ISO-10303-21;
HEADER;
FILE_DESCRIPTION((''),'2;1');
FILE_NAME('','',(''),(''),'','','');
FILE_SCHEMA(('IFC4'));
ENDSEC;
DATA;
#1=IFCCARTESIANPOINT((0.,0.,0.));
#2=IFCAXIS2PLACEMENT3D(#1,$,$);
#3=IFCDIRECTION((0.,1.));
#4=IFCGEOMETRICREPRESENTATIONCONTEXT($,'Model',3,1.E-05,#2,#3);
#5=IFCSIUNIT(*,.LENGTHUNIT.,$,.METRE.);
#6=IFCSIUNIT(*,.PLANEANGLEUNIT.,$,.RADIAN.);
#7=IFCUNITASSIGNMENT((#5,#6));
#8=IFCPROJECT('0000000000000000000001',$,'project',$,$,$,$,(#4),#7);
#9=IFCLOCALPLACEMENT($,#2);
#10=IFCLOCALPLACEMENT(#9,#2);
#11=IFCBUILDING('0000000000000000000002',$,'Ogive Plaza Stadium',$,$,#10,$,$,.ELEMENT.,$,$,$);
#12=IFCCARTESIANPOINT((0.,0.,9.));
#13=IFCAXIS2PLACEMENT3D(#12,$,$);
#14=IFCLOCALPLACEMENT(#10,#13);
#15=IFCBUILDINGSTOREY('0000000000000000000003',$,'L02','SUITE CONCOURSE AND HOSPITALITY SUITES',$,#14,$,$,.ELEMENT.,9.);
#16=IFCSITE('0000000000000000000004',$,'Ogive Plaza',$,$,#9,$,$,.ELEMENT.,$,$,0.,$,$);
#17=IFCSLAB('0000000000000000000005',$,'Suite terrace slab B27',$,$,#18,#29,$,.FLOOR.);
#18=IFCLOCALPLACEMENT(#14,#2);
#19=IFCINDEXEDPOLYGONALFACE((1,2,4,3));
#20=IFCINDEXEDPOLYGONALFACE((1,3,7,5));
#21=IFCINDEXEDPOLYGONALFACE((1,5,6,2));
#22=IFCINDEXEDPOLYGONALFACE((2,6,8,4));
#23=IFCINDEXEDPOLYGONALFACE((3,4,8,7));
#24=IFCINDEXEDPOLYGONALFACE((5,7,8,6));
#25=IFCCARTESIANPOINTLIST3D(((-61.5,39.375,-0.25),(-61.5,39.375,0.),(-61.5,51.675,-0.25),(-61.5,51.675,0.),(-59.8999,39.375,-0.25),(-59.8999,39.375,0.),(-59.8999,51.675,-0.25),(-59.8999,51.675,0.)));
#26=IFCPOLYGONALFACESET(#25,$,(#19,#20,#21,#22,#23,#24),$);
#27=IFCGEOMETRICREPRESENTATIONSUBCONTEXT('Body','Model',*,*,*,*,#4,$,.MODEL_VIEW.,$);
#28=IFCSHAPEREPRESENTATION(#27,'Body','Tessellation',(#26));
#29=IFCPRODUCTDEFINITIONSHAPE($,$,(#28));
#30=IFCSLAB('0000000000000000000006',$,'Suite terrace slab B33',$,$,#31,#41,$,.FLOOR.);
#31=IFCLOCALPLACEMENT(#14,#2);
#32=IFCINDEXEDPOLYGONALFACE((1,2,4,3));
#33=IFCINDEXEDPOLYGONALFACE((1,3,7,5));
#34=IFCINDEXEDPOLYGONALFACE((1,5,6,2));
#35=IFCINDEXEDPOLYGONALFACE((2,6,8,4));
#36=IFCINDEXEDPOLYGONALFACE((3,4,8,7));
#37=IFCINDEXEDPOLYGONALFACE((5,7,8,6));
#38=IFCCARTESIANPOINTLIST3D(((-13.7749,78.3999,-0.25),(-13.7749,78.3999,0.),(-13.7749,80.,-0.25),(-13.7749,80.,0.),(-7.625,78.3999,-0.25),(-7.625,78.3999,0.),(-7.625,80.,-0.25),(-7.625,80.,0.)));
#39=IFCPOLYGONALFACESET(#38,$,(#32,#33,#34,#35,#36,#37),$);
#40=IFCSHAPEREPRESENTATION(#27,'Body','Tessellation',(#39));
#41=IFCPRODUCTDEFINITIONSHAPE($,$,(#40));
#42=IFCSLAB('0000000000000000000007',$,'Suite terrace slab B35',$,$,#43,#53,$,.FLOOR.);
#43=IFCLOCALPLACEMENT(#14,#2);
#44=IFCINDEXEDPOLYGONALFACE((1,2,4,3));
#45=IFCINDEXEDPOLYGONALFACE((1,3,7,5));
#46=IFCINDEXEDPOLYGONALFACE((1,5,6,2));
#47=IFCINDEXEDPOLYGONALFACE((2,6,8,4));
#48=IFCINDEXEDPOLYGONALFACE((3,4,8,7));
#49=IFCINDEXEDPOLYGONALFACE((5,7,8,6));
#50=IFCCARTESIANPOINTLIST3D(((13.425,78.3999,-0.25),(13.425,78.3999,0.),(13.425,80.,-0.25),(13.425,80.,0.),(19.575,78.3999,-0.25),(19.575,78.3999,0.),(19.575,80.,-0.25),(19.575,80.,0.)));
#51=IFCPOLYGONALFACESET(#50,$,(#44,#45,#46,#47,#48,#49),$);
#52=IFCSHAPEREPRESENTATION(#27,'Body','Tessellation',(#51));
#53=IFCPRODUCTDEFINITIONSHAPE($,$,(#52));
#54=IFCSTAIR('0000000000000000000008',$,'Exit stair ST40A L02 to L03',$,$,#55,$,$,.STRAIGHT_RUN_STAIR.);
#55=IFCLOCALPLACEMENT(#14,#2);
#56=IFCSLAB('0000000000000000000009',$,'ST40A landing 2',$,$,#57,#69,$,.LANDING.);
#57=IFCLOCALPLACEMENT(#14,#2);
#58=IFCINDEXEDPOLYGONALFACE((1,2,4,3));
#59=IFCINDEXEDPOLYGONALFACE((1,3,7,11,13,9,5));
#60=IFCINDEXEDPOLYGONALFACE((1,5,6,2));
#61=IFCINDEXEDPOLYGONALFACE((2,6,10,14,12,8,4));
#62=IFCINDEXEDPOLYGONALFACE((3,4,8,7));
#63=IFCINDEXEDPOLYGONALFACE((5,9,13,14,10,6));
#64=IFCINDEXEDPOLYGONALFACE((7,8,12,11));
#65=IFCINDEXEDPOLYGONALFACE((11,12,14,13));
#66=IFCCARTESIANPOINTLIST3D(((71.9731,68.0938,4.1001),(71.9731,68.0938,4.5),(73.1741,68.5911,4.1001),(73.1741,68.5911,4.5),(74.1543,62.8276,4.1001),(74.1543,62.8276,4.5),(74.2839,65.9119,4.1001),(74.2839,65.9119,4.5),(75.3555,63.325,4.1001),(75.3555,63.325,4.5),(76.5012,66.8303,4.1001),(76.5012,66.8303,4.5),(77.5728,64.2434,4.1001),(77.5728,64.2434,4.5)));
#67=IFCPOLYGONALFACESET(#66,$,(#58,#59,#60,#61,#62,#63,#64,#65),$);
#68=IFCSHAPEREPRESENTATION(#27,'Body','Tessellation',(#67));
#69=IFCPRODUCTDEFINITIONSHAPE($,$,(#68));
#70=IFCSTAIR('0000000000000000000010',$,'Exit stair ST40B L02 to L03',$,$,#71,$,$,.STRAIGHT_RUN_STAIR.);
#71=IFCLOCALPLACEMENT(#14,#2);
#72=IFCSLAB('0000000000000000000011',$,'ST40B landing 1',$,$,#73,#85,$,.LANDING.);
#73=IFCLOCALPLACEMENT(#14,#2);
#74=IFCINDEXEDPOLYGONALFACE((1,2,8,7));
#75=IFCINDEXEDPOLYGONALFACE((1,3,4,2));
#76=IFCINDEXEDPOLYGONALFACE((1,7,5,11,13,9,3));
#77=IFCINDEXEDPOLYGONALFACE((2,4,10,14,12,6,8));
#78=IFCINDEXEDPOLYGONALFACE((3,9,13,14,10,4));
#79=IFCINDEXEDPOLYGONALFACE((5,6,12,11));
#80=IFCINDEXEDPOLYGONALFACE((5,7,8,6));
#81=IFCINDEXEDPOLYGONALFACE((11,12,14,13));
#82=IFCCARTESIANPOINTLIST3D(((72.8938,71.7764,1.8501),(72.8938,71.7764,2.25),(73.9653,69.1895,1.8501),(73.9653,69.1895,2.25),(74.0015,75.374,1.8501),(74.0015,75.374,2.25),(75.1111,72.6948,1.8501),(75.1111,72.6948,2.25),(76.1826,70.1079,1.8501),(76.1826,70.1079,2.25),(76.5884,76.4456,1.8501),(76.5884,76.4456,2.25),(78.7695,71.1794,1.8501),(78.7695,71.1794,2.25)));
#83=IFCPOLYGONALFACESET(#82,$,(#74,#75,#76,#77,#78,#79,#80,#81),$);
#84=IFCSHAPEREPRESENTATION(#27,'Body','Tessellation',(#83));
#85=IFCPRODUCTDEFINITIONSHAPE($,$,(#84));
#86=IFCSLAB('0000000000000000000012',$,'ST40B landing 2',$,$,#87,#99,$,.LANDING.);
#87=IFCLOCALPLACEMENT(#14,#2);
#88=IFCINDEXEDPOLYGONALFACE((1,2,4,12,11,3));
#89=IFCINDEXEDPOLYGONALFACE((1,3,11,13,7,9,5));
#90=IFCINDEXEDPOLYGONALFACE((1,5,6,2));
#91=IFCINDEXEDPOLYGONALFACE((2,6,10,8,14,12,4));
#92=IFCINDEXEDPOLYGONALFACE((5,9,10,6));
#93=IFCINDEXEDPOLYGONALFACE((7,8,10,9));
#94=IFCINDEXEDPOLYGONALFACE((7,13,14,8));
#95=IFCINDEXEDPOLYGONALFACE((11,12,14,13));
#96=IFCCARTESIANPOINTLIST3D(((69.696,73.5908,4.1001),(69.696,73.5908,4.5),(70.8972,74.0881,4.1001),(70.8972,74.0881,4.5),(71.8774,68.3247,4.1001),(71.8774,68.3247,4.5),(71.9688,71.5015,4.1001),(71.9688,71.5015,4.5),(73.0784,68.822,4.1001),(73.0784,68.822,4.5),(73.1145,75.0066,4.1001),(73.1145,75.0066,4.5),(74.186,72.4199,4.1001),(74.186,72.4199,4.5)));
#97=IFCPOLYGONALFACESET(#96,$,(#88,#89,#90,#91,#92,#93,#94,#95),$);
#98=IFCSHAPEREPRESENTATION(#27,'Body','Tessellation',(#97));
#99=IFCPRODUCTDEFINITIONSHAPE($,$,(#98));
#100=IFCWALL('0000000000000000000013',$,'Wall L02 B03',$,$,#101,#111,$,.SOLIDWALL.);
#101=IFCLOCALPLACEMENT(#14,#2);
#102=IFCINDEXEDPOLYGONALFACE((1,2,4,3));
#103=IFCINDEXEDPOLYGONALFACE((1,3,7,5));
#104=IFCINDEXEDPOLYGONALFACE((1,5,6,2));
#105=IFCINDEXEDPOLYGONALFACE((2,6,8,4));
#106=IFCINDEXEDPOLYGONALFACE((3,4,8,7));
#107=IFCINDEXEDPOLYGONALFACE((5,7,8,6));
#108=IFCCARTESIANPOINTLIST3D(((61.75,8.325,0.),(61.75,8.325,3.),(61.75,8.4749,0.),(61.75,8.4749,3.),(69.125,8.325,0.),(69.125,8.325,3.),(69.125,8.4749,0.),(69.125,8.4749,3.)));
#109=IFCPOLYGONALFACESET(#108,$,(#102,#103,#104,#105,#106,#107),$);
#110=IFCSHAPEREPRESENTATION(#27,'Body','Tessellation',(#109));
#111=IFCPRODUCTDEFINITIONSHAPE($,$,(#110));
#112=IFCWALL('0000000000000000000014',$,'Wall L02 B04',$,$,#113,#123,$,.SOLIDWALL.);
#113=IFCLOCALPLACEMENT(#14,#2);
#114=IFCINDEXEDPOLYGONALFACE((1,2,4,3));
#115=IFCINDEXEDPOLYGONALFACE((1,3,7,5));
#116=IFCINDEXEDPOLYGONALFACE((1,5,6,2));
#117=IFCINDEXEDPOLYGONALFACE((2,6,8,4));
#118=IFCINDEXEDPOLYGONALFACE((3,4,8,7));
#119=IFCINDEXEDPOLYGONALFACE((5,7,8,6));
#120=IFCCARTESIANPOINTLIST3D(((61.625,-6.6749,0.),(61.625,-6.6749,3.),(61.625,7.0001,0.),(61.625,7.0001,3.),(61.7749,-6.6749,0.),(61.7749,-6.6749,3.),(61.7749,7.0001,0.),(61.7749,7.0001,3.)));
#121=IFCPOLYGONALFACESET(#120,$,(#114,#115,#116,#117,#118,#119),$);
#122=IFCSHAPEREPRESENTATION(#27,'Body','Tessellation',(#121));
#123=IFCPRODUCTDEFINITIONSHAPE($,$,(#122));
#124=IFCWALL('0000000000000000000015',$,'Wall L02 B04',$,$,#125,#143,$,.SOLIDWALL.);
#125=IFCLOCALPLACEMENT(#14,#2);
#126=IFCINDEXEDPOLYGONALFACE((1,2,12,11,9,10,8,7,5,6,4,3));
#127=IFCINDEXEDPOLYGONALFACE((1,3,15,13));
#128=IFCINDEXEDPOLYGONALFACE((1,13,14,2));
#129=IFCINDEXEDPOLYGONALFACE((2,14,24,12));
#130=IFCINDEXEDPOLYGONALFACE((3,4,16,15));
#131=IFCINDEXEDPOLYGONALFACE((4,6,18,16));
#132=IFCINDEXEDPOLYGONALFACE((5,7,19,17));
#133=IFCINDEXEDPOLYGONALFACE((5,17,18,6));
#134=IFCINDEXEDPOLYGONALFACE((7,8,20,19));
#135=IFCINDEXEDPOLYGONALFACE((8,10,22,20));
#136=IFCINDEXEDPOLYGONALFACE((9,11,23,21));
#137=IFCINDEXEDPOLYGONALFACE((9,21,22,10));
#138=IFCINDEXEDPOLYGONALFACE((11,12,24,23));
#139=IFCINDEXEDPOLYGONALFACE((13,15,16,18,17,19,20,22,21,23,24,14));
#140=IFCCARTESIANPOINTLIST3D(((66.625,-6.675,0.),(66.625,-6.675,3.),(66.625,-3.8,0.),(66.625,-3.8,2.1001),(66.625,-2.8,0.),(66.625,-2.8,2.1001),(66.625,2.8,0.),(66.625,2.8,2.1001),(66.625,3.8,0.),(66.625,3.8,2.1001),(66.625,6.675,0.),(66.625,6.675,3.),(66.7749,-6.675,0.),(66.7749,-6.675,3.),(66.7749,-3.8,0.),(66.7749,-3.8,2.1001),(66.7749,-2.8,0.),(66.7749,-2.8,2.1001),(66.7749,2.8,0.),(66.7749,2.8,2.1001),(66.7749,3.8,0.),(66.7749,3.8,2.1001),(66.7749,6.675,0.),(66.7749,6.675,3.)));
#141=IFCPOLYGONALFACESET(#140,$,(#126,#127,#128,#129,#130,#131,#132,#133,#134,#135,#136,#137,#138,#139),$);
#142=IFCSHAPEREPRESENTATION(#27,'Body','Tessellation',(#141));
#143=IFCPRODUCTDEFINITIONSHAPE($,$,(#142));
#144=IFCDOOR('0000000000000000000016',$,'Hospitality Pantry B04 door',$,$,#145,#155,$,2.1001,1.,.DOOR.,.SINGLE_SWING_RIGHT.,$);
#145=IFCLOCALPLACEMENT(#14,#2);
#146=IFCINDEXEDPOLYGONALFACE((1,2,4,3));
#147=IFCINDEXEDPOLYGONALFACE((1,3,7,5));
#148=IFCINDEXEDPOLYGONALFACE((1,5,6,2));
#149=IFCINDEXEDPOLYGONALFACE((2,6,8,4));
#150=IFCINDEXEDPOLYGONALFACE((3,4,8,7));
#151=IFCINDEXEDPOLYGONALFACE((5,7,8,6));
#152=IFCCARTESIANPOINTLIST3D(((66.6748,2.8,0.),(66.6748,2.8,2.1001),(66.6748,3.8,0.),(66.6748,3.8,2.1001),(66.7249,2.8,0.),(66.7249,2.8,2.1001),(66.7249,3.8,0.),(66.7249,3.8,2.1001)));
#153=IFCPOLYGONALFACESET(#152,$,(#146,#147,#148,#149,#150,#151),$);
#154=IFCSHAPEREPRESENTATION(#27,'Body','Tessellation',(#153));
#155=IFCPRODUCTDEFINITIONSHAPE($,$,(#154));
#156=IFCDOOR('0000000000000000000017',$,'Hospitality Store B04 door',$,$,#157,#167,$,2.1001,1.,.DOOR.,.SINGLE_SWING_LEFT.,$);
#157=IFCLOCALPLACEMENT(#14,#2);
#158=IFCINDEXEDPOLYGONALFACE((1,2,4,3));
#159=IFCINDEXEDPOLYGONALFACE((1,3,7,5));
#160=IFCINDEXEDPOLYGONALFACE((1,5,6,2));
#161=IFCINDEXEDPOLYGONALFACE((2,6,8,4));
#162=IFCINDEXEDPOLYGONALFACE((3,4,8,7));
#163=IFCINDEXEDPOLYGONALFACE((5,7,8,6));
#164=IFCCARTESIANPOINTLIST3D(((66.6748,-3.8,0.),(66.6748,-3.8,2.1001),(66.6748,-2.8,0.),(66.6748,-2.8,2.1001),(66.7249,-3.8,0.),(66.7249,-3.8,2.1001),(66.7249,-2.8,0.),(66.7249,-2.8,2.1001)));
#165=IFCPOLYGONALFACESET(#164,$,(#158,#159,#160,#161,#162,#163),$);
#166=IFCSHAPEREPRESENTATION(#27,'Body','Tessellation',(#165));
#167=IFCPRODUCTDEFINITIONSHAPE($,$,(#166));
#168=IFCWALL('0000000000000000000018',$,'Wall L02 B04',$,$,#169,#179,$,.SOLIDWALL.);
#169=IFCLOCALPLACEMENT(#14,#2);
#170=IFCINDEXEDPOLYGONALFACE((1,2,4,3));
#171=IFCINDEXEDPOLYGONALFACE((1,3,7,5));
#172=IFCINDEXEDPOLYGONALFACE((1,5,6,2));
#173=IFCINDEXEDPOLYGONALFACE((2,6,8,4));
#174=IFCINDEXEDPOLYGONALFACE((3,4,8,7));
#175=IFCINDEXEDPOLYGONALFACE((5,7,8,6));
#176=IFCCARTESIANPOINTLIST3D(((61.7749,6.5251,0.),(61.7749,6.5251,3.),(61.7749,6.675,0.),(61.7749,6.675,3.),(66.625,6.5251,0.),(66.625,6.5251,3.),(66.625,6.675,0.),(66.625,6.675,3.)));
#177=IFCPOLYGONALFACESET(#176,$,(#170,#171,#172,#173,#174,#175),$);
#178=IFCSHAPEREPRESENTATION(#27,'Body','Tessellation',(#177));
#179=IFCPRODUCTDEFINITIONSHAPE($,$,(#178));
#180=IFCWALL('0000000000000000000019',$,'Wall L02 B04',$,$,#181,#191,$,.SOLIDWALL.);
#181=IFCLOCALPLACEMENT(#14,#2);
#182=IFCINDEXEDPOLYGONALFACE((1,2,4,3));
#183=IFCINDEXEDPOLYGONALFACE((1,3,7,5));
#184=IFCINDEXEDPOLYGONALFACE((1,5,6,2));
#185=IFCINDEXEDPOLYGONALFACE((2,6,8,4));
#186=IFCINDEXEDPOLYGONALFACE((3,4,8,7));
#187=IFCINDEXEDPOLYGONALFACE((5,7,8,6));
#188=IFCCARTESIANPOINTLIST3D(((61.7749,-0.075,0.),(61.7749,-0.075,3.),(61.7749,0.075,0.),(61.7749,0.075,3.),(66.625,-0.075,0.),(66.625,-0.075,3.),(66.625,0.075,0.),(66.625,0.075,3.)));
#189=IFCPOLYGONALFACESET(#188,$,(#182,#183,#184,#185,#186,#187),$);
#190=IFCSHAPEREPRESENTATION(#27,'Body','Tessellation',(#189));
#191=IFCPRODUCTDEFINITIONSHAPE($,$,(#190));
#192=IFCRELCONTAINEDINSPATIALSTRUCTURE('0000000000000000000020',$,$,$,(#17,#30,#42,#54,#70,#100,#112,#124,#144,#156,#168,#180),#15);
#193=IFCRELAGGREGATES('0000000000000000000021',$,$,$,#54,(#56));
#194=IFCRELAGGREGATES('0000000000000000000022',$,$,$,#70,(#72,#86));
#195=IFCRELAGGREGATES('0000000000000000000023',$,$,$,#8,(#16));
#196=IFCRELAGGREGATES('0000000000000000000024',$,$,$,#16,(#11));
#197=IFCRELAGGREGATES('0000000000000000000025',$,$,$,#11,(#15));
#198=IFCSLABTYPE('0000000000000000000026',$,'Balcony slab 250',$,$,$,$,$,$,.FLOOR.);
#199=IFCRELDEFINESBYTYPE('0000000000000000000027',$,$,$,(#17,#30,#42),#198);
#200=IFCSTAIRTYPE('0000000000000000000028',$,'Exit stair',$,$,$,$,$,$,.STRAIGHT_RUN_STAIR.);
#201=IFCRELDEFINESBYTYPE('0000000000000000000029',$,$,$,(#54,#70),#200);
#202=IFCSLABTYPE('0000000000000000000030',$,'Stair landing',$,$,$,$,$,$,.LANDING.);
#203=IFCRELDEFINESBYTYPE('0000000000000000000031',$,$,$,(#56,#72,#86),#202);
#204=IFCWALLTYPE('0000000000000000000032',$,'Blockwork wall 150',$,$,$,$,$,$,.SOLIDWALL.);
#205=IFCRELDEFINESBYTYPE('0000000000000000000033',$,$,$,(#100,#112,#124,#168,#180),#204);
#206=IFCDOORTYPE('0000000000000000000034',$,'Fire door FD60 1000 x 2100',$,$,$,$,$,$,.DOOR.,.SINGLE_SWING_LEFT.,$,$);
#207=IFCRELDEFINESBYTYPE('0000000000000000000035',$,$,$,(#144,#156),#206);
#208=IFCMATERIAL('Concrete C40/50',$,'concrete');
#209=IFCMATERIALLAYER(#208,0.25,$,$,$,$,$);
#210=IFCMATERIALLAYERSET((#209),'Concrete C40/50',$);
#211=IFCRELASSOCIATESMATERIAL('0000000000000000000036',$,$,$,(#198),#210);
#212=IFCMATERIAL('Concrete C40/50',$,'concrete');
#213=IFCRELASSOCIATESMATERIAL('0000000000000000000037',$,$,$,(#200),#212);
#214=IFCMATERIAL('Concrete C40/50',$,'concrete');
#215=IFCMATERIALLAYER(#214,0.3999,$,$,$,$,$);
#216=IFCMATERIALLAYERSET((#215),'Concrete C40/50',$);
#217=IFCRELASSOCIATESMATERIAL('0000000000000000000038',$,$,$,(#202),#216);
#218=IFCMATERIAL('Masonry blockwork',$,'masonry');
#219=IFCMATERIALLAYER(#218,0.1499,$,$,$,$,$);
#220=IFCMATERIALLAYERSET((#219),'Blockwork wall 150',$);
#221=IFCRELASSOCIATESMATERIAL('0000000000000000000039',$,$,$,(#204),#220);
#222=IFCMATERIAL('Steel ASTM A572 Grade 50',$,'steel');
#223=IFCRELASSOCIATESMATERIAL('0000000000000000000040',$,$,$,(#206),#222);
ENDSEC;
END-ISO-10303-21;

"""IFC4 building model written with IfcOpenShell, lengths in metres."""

from ifc_helpers import new_model, si_unit, direction, frame, frame_2d, origin, place, context, subcontext, project, spatial, polyline, rectangle, outline, extrude, material, layer, layer_set, type_object, element, fill, aggregate, save


model = new_model("IFC4")

# Units and contexts
model_context = context("Model", 3, precision=1e-05, world=origin(), true_north=direction((0.0, 1.0)))
body_context = subcontext(model_context, "Body", "Model", "MODEL_VIEW")
ifc_project = project(units=[si_unit("LENGTHUNIT", "METRE"), si_unit("PLANEANGLEUNIT", "RADIAN")], contexts=[model_context])

# Site, building, storey
site_placement = place(None, origin())
site = spatial("IfcSite", under=ifc_project, at=site_placement, Name="Ogive Plaza", CompositionType="ELEMENT", RefElevation=0.0)
building_placement = place(site_placement, origin())
building = spatial("IfcBuilding", under=site, at=building_placement, Name="Ogive Plaza Stadium", CompositionType="ELEMENT")
storey_placement = place(building_placement, frame((0.0, 0.0, 9.0)))
storey = spatial("IfcBuildingStorey", under=building, at=storey_placement, Name="L02", Description="SUITE CONCOURSE AND HOSPITALITY SUITES", CompositionType="ELEMENT", Elevation=9.0)

# Slabs
ifc_material_1 = material(Name="Concrete C40/50", Category="concrete")
ifc_layer_1 = layer(ifc_material_1, 0.25)
ifc_layer_set_1 = layer_set([ifc_layer_1], Name="Concrete C40/50")
slab_type_1 = type_object("IfcSlabType", Name="Balcony slab 250", PredefinedType="FLOOR", material=ifc_layer_set_1)
slab_1_placement = place(storey_placement, frame((0.0, 0.0, -0.25)))
element("IfcSlab", 1, at=slab_1_placement, inside=storey, type_object=slab_type_1, Name="Suite terrace slab B27", PredefinedType="FLOOR", context=body_context, shape_type="SweptSolid", body=[
    extrude(outline(polyline([(-59.8999, 51.675), (-61.5, 51.675), (-61.5, 39.375), (-59.8999, 39.375), (-59.8999, 51.675)])), origin(), (0.0, 0.0, 1.0), 0.25),
])
slab_2_placement = place(storey_placement, frame((0.0, 0.0, -0.25)))
element("IfcSlab", 2, at=slab_2_placement, inside=storey, type_object=slab_type_1, Name="Suite terrace slab B33", PredefinedType="FLOOR", context=body_context, shape_type="SweptSolid", body=[
    extrude(outline(polyline([(-7.625, 78.3999), (-7.625, 80.0), (-13.7749, 80.0), (-13.7749, 78.3999), (-7.625, 78.3999)])), origin(), (0.0, 0.0, 1.0), 0.25),
])
slab_3_placement = place(storey_placement, frame((0.0, 0.0, -0.25)))
element("IfcSlab", 3, at=slab_3_placement, inside=storey, type_object=slab_type_1, Name="Suite terrace slab B35", PredefinedType="FLOOR", context=body_context, shape_type="SweptSolid", body=[
    extrude(outline(polyline([(19.575, 78.3999), (19.575, 80.0), (13.425, 80.0), (13.425, 78.3999), (19.575, 78.3999)])), origin(), (0.0, 0.0, 1.0), 0.25),
])

# Stair, slab
ifc_material_2 = material(Name="Concrete C40/50", Category="concrete")
stair_type = type_object("IfcStairType", Name="Exit stair", PredefinedType="STRAIGHT_RUN_STAIR", material=ifc_material_2)
stair_1_placement = place(storey_placement, origin())
stair_1 = element("IfcStair", 4, at=stair_1_placement, inside=storey, type_object=stair_type, Name="Exit stair ST40A L02 to L03", PredefinedType="STRAIGHT_RUN_STAIR")
ifc_material_3 = material(Name="Concrete C40/50", Category="concrete")
ifc_layer_2 = layer(ifc_material_3, 0.3999)
ifc_layer_set_2 = layer_set([ifc_layer_2], Name="Concrete C40/50")
slab_type_2 = type_object("IfcSlabType", Name="Stair landing", PredefinedType="LANDING", material=ifc_layer_set_2)
slab_4_placement = place(storey_placement, frame((0.0, 0.0, 4.1001)))
slab_4 = element("IfcSlab", 5, at=slab_4_placement, type_object=slab_type_2, Name="ST40A landing 2", PredefinedType="LANDING", context=body_context, shape_type="SweptSolid", body=[
    extrude(outline(polyline([(76.5012, 66.8303), (77.5728, 64.2434), (75.3555, 63.325), (74.1543, 62.8276), (71.9731, 68.0938), (73.1741, 68.5911), (74.2839, 65.9119), (76.5012, 66.8303)])), origin(), (0.0, 0.0, 1.0), 0.3999),
])
aggregate(stair_1, [slab_4])

# Stair, slabs
stair_2_placement = place(storey_placement, origin())
stair_2 = element("IfcStair", 6, at=stair_2_placement, inside=storey, type_object=stair_type, Name="Exit stair ST40B L02 to L03", PredefinedType="STRAIGHT_RUN_STAIR")
slab_5_placement = place(storey_placement, frame((0.0, 0.0, 1.8501)))
slab_5 = element("IfcSlab", 7, at=slab_5_placement, type_object=slab_type_2, Name="ST40B landing 1", PredefinedType="LANDING", context=body_context, shape_type="SweptSolid", body=[
    extrude(outline(polyline([(73.9653, 69.1895), (72.8938, 71.7764), (75.1111, 72.6948), (74.0015, 75.374), (76.5884, 76.4456), (78.7695, 71.1794), (76.1826, 70.1079), (73.9653, 69.1895)])), origin(), (0.0, 0.0, 1.0), 0.3999),
])
slab_6_placement = place(storey_placement, frame((0.0, 0.0, 4.1001)))
slab_6 = element("IfcSlab", 8, at=slab_6_placement, type_object=slab_type_2, Name="ST40B landing 2", PredefinedType="LANDING", context=body_context, shape_type="SweptSolid", body=[
    extrude(outline(polyline([(73.0784, 68.822), (71.8774, 68.3247), (69.696, 73.5908), (70.8972, 74.0881), (73.1145, 75.0066), (74.186, 72.4199), (71.9688, 71.5015), (73.0784, 68.822)])), origin(), (0.0, 0.0, 1.0), 0.3999),
])
aggregate(stair_2, [slab_5, slab_6])

# Walls
ifc_material_4 = material(Name="Masonry blockwork", Category="masonry")
ifc_layer_3 = layer(ifc_material_4, 0.1499)
ifc_layer_set_3 = layer_set([ifc_layer_3], Name="Blockwork wall 150")
wall_type_1 = type_object("IfcWallType", Name="Blockwork wall 150", PredefinedType="SOLIDWALL", material=ifc_layer_set_3)
wall_1_placement = place(storey_placement, frame((61.75, 8.3999, 0.0), z_axis=(0.0, 0.0, 1.0), x_axis=(1.0, 0.0, 0.0)))
element("IfcWall", 9, at=wall_1_placement, inside=storey, type_object=wall_type_1, Name="Wall L02 B03", PredefinedType="SOLIDWALL", context=body_context, shape_type="SweptSolid", body=[
    extrude(rectangle(XDim=7.375, YDim=0.1499, at=frame_2d((3.6875, 0.0))), origin(), (0.0, 0.0, 1.0), 3.0),
])
wall_2_placement = place(storey_placement, frame((61.7, 7.0, 0.0), z_axis=(0.0, 0.0, 1.0), x_axis=(0.0, -1.0, 0.0)))
element("IfcWall", 10, at=wall_2_placement, inside=storey, type_object=wall_type_1, Name="Wall L02 B04", PredefinedType="SOLIDWALL", context=body_context, shape_type="SweptSolid", body=[
    extrude(rectangle(XDim=13.675, YDim=0.1499, at=frame_2d((6.8374, 0.0))), origin(), (0.0, 0.0, 1.0), 3.0),
])

# Wall, openings, doors
wall_3_placement = place(storey_placement, frame((66.7, 6.675, 0.0), z_axis=(0.0, 0.0, 1.0), x_axis=(0.0, -1.0, 0.0)))
wall_3 = element("IfcWall", 11, at=wall_3_placement, inside=storey, type_object=wall_type_1, Name="Wall L02 B04", PredefinedType="SOLIDWALL", context=body_context, shape_type="SweptSolid", body=[
    extrude(rectangle(XDim=13.3501, YDim=0.1499, at=frame_2d((6.675, 0.0))), origin(), (0.0, 0.0, 1.0), 3.0),
])
opening_1_placement = place(wall_3_placement, frame((2.875, 0.0, 0.0)))
opening_1 = element("IfcOpeningElement", 12, at=opening_1_placement, cuts=wall_3, PredefinedType="OPENING", context=body_context, shape_type="SweptSolid", body=[
    extrude(rectangle(XDim=1.0, YDim=2.1001, at=frame_2d((0.5, 1.05))), frame((0.0, 0.075, 0.0), z_axis=(0.0, -1.0, 0.0), x_axis=(1.0, 0.0, 0.0)), (0.0, 0.0, 1.0), 0.1499),
])
opening_2_placement = place(wall_3_placement, frame((9.4751, 0.0, 0.0)))
opening_2 = element("IfcOpeningElement", 13, at=opening_2_placement, cuts=wall_3, PredefinedType="OPENING", context=body_context, shape_type="SweptSolid", body=[
    extrude(rectangle(XDim=1.0, YDim=2.1001, at=frame_2d((0.5, 1.05))), frame((0.0, 0.075, 0.0), z_axis=(0.0, -1.0, 0.0), x_axis=(1.0, 0.0, 0.0)), (0.0, 0.0, 1.0), 0.1499),
])
ifc_material_5 = material(Name="Steel ASTM A572 Grade 50", Category="steel")
door_type_1 = type_object("IfcDoorType", Name="Fire door FD60 1000 x 2100", OperationType="SINGLE_SWING_LEFT", PredefinedType="DOOR", material=ifc_material_5)
door_1_placement = place(opening_1_placement, origin())
door_1 = element("IfcDoor", 14, at=door_1_placement, inside=storey, type_object=door_type_1, Name="Hospitality Pantry B04 door", OperationType="SINGLE_SWING_RIGHT", OverallHeight=2.1001, OverallWidth=1.0, PredefinedType="DOOR", context=body_context, shape_type="SweptSolid", body=[
    extrude(rectangle(XDim=1.0, YDim=2.1001, at=frame_2d((0.5, 1.05))), frame((0.0, 0.0249, 0.0), z_axis=(0.0, -1.0, 0.0), x_axis=(1.0, 0.0, 0.0)), (0.0, 0.0, 1.0), 0.05),
])
fill(opening_1, door_1)
door_2_placement = place(opening_2_placement, origin())
door_2 = element("IfcDoor", 15, at=door_2_placement, inside=storey, type_object=door_type_1, Name="Hospitality Store B04 door", OperationType="SINGLE_SWING_LEFT", OverallHeight=2.1001, OverallWidth=1.0, PredefinedType="DOOR", context=body_context, shape_type="SweptSolid", body=[
    extrude(rectangle(XDim=1.0, YDim=2.1001, at=frame_2d((0.5, 1.05))), frame((0.0, 0.0249, 0.0), z_axis=(0.0, -1.0, 0.0), x_axis=(1.0, 0.0, 0.0)), (0.0, 0.0, 1.0), 0.05),
])
fill(opening_2, door_2)

# Walls
for number, where, z_axis, x_axis, name in (
    (16, (61.7749, 6.6001, 0.0), (0.0, 0.0, 1.0), (1.0, 0.0, 0.0), "Wall L02 B04"),
    (17, (61.7749, 0.0, 0.0), (0.0, 0.0, 1.0), (1.0, 0.0, 0.0), "Wall L02 B04"),
):
    element("IfcWall", number, at=place(storey_placement, frame(where, z_axis=z_axis, x_axis=x_axis)), inside=storey, type_object=wall_type_1, Name=name, PredefinedType="SOLIDWALL", context=body_context, shape_type="SweptSolid", body=[
        extrude(rectangle(XDim=4.8501, YDim=0.1499, at=frame_2d((2.425, 0.0))), origin(), (0.0, 0.0, 1.0), 3.0),
    ])

save(model, "model.ifc")
